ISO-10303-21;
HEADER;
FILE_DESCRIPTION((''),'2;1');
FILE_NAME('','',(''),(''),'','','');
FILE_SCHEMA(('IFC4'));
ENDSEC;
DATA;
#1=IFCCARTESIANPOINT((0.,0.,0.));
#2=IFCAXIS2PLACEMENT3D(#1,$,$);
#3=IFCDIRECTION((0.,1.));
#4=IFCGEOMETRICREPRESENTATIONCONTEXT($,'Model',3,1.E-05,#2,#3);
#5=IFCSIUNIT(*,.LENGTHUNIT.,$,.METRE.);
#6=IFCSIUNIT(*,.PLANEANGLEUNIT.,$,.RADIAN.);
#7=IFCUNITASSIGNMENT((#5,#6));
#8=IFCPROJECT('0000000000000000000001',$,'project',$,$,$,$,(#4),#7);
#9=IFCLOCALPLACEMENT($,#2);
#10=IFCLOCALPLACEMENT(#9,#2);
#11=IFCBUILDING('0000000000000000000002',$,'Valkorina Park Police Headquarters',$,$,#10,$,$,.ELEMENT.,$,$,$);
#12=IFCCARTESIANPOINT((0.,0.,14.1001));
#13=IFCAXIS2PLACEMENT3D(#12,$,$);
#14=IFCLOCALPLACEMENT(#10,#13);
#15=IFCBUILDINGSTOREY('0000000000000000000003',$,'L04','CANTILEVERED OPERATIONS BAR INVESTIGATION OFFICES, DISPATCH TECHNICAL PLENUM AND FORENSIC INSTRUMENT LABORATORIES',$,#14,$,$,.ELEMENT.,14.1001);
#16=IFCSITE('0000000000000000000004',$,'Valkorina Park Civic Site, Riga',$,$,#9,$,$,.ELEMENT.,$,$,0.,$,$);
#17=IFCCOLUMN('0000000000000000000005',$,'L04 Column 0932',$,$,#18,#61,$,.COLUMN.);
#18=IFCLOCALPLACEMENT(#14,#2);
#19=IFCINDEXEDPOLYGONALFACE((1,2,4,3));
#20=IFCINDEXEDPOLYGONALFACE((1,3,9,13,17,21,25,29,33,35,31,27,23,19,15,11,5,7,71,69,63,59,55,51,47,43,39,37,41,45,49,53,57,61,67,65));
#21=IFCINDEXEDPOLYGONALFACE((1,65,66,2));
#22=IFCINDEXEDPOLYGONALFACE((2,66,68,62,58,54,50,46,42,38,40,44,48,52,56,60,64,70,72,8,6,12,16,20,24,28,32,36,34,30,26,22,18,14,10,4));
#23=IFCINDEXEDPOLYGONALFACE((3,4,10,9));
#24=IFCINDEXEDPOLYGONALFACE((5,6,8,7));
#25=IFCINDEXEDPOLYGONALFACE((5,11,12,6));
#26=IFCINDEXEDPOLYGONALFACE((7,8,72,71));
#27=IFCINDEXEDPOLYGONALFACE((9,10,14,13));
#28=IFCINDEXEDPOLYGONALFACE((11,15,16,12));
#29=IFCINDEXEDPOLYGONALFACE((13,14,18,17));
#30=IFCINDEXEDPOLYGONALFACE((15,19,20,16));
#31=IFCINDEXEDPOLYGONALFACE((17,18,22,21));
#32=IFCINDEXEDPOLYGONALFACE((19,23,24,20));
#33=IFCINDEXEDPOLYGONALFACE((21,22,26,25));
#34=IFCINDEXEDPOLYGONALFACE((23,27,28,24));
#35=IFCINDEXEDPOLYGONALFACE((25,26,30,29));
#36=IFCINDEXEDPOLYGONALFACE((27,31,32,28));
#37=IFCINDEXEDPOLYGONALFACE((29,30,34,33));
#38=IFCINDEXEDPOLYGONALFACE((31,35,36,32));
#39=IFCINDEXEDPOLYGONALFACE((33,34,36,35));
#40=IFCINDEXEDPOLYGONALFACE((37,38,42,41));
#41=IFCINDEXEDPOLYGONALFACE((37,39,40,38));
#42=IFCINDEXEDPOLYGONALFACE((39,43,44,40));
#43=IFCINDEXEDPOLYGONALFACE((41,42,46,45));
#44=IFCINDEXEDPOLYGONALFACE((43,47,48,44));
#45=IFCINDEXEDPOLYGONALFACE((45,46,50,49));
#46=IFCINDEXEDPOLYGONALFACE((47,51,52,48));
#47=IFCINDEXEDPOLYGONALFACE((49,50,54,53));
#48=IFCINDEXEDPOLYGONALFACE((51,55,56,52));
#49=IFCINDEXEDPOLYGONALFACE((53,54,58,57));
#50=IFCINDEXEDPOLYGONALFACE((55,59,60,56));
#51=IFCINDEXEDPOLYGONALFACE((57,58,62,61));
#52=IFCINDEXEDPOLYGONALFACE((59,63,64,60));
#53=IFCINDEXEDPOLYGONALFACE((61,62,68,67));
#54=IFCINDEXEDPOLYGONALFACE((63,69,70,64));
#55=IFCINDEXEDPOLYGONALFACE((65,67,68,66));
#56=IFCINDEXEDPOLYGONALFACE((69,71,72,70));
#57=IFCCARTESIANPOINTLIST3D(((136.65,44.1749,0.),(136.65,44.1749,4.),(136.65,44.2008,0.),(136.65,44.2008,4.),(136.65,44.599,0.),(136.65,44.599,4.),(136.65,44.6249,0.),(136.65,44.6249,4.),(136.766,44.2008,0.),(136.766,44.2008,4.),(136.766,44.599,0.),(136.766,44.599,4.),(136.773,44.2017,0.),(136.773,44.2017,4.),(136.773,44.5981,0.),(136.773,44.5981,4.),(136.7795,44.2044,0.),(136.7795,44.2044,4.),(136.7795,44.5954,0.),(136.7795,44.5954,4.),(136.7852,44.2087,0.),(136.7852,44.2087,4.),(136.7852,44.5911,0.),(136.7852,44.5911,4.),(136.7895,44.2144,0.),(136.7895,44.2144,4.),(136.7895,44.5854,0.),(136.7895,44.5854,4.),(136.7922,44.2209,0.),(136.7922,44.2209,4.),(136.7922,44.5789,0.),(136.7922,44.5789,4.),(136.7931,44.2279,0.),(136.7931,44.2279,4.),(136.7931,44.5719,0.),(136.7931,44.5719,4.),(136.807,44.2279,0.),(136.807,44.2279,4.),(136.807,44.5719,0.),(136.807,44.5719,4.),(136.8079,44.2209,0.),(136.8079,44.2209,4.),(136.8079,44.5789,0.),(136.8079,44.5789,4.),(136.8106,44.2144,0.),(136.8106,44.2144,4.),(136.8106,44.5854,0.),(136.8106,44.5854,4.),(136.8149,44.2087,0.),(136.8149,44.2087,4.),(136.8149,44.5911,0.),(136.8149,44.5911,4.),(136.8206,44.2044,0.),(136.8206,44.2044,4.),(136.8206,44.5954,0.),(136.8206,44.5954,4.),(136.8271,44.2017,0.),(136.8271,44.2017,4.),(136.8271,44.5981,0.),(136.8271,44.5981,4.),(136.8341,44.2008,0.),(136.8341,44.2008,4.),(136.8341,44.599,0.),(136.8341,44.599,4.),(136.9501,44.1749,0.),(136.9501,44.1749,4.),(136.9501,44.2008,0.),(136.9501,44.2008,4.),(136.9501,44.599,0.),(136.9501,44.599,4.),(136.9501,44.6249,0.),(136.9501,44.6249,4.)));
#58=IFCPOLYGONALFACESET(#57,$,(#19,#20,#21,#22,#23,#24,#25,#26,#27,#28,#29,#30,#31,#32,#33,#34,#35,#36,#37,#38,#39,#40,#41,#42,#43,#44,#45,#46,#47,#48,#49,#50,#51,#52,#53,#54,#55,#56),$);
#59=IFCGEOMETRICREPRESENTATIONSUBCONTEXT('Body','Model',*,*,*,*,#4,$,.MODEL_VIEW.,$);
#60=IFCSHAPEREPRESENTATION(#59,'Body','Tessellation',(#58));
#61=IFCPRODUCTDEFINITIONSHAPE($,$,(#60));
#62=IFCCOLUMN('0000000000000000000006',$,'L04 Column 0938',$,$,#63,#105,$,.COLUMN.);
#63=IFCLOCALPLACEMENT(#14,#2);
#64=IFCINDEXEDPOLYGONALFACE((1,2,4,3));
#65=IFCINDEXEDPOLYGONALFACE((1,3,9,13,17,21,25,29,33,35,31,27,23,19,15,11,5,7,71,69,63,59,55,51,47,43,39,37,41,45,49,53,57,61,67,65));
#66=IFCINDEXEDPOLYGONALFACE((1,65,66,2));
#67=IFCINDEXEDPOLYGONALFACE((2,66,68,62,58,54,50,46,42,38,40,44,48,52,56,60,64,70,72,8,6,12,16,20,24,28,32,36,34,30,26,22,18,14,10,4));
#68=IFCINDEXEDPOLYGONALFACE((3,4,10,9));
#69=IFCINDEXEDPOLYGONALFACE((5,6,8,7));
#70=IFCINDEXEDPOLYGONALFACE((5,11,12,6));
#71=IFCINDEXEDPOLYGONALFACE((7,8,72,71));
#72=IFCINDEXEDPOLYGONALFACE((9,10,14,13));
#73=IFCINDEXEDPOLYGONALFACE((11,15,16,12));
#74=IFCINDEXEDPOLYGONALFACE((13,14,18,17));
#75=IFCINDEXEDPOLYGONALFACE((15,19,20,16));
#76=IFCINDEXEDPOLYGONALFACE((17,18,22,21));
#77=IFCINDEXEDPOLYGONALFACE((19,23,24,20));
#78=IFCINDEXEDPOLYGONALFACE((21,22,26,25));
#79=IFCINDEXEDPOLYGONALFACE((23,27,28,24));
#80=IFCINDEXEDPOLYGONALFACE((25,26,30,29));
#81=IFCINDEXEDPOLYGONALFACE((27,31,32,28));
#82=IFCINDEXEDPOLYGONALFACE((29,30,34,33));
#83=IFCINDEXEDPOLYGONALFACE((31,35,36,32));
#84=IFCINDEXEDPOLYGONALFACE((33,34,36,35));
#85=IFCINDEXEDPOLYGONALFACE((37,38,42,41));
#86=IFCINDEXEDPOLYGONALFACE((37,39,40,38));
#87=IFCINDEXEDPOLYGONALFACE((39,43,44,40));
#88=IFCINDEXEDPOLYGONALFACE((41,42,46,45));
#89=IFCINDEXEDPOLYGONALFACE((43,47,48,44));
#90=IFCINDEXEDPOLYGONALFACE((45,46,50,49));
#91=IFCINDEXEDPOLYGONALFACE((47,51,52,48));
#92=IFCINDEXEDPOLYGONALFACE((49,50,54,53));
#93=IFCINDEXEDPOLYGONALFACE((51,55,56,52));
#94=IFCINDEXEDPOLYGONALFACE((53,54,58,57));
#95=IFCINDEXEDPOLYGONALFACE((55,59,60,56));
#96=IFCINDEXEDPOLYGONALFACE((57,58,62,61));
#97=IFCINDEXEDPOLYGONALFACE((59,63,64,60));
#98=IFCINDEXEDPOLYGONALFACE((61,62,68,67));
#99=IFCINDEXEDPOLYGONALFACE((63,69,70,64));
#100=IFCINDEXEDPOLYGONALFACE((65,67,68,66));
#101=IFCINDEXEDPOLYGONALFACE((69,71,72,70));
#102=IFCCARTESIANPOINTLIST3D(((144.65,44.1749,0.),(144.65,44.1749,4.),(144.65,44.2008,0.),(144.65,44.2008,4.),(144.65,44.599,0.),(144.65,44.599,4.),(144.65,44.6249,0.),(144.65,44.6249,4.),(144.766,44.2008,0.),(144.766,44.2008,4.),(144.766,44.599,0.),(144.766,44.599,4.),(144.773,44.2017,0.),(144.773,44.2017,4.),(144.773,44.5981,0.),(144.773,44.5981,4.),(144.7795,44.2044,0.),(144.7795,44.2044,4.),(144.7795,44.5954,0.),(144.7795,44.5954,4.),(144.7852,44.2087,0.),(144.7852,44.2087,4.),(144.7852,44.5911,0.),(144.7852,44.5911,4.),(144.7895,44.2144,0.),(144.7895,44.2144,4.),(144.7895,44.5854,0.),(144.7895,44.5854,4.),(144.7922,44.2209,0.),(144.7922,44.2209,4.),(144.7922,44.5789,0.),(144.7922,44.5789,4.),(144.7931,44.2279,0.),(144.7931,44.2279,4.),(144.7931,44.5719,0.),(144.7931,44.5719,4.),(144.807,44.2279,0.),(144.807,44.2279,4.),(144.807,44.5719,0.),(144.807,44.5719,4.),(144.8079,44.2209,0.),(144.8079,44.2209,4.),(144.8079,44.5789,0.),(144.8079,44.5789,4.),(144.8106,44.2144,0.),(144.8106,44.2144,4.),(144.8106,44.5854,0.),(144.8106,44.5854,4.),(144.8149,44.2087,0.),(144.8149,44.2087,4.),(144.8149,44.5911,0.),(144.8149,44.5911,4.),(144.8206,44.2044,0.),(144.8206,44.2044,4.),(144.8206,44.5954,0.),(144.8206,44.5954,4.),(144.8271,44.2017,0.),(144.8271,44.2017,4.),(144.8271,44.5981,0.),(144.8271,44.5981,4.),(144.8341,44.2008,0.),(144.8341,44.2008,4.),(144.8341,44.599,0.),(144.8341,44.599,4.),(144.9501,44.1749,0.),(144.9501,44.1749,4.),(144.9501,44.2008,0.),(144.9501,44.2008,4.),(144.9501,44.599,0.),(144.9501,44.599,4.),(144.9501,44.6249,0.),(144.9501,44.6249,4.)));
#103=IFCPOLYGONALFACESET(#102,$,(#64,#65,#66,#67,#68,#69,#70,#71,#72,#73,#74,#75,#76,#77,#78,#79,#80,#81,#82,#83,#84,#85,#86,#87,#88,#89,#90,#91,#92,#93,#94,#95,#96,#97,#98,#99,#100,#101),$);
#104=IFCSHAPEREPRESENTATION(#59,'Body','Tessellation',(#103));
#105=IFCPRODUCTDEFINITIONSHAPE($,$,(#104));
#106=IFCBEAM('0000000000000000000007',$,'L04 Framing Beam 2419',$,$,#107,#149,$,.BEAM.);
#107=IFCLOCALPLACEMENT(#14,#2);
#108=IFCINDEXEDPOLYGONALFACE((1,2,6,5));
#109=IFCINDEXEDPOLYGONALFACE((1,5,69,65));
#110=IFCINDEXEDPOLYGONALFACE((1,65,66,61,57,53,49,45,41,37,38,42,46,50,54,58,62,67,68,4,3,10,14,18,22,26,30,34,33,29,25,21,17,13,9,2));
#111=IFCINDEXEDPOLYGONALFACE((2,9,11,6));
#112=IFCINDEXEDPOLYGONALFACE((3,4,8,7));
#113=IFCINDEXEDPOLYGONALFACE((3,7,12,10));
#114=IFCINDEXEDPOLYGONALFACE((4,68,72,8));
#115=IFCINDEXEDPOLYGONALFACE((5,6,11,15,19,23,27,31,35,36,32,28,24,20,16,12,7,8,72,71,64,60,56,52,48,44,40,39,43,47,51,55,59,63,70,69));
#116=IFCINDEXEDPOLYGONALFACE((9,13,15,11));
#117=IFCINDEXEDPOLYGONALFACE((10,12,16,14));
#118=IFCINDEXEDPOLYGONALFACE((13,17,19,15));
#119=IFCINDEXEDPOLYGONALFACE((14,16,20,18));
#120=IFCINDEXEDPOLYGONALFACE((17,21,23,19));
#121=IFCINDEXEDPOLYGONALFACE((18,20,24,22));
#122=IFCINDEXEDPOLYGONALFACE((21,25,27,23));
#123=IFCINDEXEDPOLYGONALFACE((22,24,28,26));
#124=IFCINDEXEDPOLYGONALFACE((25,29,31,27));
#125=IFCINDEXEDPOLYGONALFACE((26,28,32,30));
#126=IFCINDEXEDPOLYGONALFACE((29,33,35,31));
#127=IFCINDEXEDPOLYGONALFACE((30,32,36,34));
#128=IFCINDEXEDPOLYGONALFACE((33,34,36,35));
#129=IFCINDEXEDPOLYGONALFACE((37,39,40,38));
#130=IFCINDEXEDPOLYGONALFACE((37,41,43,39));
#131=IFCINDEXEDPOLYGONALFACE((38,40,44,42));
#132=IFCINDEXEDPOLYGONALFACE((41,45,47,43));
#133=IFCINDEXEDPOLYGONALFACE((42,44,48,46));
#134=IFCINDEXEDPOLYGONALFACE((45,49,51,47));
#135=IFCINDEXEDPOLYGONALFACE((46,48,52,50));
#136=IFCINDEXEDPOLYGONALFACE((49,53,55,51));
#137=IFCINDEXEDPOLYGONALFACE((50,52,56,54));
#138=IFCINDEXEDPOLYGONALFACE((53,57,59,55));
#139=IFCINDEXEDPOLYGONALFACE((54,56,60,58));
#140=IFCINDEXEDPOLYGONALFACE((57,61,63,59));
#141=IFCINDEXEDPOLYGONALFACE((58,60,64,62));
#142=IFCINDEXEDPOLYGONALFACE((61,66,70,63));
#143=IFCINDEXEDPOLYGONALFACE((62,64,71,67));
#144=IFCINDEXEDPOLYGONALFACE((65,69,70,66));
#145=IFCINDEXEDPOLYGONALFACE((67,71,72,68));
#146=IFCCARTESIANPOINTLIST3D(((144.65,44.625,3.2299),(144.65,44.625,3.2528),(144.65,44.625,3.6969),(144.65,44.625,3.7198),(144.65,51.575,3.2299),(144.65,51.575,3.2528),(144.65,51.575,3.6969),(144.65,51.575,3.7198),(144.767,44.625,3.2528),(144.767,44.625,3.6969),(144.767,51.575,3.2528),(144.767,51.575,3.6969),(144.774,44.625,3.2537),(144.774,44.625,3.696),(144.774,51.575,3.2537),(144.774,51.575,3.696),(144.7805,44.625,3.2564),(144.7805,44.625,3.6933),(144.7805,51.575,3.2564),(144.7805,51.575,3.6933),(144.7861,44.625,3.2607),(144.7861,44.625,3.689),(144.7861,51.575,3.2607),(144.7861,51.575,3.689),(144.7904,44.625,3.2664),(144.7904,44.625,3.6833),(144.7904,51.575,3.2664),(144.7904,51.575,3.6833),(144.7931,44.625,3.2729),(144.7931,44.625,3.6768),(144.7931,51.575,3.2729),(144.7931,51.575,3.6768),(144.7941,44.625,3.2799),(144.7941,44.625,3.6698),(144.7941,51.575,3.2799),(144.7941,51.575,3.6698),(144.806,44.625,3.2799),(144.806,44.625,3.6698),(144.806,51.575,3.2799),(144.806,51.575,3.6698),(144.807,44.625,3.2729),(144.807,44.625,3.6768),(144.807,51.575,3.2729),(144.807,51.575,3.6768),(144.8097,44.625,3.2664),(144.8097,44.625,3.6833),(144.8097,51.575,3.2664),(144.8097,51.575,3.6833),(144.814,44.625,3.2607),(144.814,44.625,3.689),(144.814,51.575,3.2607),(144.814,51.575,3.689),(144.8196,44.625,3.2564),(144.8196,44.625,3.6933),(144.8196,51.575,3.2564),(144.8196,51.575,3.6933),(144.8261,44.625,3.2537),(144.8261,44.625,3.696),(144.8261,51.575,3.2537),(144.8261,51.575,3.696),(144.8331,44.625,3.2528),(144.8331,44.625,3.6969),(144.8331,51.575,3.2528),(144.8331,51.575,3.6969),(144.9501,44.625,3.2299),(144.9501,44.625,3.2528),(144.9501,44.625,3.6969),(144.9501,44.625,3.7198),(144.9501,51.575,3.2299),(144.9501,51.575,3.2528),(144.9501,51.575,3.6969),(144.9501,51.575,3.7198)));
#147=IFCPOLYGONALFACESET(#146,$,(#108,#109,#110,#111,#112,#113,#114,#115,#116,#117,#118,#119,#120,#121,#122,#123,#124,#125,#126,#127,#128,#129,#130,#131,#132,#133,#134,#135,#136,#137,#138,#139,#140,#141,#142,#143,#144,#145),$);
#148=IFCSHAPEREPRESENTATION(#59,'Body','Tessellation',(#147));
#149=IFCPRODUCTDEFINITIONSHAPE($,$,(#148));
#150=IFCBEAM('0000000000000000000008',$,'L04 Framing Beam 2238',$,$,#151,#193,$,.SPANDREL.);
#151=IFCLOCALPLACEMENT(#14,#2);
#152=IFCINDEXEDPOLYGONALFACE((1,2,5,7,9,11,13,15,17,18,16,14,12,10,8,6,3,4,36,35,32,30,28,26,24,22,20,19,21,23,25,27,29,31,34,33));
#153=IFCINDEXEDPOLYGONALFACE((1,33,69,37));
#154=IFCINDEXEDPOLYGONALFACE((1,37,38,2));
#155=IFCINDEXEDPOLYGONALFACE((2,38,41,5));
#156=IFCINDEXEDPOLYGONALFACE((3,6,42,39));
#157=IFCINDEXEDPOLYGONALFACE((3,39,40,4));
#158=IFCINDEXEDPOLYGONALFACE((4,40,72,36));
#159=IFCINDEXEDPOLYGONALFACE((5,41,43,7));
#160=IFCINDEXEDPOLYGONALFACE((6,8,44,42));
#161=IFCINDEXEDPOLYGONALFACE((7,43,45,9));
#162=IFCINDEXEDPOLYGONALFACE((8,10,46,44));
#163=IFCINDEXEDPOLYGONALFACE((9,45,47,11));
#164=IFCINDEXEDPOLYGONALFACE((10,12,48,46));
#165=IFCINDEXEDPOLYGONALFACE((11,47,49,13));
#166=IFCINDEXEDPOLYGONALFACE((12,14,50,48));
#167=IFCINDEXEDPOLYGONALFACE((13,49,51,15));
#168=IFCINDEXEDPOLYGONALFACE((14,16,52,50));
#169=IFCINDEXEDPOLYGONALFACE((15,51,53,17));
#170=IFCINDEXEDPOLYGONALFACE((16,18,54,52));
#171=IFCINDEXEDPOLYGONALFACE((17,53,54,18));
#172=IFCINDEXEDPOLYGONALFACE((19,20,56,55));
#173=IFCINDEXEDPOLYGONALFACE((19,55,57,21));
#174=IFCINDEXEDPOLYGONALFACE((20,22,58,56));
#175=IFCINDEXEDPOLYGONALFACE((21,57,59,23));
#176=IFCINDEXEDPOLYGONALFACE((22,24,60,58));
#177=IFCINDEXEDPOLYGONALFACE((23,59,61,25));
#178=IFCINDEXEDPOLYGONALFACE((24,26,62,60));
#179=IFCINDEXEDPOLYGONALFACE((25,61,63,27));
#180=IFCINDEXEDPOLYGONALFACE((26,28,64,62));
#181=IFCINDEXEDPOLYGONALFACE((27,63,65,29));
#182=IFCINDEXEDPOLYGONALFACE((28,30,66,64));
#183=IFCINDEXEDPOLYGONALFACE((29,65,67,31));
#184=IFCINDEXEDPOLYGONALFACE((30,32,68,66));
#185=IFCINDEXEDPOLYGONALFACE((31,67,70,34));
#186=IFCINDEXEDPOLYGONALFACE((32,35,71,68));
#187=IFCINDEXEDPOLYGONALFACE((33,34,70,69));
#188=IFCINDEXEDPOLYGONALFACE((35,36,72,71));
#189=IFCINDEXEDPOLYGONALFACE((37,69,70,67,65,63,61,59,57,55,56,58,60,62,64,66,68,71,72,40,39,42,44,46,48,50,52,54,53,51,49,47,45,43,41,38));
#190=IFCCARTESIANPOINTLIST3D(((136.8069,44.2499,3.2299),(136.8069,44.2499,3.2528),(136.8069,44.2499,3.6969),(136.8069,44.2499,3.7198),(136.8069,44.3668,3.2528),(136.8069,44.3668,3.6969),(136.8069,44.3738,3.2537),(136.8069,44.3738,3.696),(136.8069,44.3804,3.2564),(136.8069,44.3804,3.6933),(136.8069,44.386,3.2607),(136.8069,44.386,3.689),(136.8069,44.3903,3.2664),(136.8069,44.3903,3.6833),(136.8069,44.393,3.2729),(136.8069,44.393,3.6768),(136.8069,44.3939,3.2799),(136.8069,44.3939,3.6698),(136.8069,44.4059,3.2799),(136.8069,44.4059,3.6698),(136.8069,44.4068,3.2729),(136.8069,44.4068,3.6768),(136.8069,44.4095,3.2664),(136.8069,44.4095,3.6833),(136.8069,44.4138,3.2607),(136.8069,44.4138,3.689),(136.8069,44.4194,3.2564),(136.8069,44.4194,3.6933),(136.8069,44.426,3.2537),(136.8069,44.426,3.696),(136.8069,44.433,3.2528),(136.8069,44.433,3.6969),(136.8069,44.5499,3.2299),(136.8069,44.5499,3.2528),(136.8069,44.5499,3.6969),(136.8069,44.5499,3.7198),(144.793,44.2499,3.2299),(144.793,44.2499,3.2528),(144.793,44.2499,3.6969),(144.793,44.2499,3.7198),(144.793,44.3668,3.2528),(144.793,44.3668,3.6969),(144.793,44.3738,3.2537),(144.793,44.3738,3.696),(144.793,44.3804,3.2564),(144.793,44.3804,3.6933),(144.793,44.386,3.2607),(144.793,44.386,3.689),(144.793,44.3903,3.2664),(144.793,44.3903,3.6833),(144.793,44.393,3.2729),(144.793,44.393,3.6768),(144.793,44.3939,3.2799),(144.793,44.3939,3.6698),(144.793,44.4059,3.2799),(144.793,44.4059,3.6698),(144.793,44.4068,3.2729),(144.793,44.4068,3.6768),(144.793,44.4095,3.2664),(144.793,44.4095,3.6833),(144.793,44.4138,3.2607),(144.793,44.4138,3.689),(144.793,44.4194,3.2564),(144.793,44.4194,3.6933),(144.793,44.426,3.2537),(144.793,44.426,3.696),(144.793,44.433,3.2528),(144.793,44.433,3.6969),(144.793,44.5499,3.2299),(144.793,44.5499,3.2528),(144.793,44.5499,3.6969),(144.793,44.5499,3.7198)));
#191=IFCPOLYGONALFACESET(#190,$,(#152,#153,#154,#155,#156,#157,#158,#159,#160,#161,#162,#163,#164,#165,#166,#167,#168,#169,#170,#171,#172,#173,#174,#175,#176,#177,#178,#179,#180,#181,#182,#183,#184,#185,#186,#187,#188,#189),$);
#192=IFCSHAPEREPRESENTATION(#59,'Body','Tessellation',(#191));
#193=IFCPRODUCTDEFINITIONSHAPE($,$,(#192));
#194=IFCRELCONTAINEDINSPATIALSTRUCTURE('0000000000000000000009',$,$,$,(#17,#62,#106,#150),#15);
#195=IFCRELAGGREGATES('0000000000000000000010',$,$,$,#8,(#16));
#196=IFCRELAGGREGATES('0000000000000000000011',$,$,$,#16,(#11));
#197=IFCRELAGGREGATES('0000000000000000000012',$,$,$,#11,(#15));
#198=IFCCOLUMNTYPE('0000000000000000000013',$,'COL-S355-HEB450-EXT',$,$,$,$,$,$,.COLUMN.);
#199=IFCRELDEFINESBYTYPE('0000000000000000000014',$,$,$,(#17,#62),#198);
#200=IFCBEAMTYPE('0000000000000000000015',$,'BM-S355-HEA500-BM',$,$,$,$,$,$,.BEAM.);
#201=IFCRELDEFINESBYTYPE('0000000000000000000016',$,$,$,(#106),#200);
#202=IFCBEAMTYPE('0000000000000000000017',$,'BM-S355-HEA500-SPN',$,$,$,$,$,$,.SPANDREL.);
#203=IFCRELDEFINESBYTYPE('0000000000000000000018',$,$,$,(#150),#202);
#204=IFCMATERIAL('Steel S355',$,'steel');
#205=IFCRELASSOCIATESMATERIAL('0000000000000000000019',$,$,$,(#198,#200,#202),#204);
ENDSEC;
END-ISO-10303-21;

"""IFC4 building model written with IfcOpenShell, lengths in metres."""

from ifc_helpers import new_model, si_unit, direction, frame, origin, origin_2d, place, context, subcontext, project, spatial, i_section, extrude, material, material_profile, profile_set, type_object, element, save


model = new_model("IFC4")

# Units and contexts
model_context = context("Model", 3, precision=1e-05, world=origin(), true_north=direction((0.0, 1.0)))
body_context = subcontext(model_context, "Body", "Model", "MODEL_VIEW")
ifc_project = project(units=[si_unit("LENGTHUNIT", "METRE"), si_unit("PLANEANGLEUNIT", "RADIAN")], contexts=[model_context])

# Site, building, storey
site_placement = place(None, origin())
site = spatial("IfcSite", under=ifc_project, at=site_placement, Name="Valkorina Park Civic Site, Riga", CompositionType="ELEMENT", RefElevation=0.0)
building_placement = place(site_placement, origin())
building = spatial("IfcBuilding", under=site, at=building_placement, Name="Valkorina Park Police Headquarters", CompositionType="ELEMENT")
storey_placement = place(building_placement, frame((0.0, 0.0, 14.1001)))
storey = spatial("IfcBuildingStorey", under=building, at=storey_placement, Name="L04", Description="CANTILEVERED OPERATIONS BAR INVESTIGATION OFFICES, DISPATCH TECHNICAL PLENUM AND FORENSIC INSTRUMENT LABORATORIES", CompositionType="ELEMENT", Elevation=14.1001)

# Columns
ifc_material_1 = material(Name="Steel S355", Category="steel")
ifc_material_profile_1 = material_profile(ifc_material_1, i_section(OverallWidth=0.3, OverallDepth=0.45, WebThickness=0.0139, FlangeThickness=0.0259, FilletRadius=0.0271, at=origin_2d()), Name="HEB 450")
ifc_profile_set_1 = profile_set([ifc_material_profile_1], Name="Steel S355")
column_type = type_object("IfcColumnType", Name="COL-S355-HEB450-EXT", PredefinedType="COLUMN", material=ifc_profile_set_1)
for number, where, z_axis, x_axis, name in (
    (1, (136.8, 44.3999, 0.0), (0.0, 0.0, 1.0), (1.0, 0.0, 0.0), "L04 Column 0932"),
    (2, (144.8, 44.3999, 0.0), (0.0, 0.0, 1.0), (1.0, 0.0, 0.0), "L04 Column 0938"),
):
    element("IfcColumn", number, at=place(storey_placement, frame(where, z_axis=z_axis, x_axis=x_axis)), inside=storey, type_object=column_type, Name=name, PredefinedType="COLUMN", context=body_context, shape_type="SweptSolid", body=[
        extrude(i_section(OverallWidth=0.3, OverallDepth=0.45, WebThickness=0.0139, FlangeThickness=0.0259, FilletRadius=0.0271, at=origin_2d()), origin(), (0.0, 0.0, 1.0), 4.0),
    ])

# Beams
ifc_material_profile_2 = material_profile(ifc_material_1, i_section(OverallWidth=0.3, OverallDepth=0.49, WebThickness=0.012, FlangeThickness=0.0229, FilletRadius=0.0271, at=origin_2d()), Name="HEA 500")
ifc_profile_set_2 = profile_set([ifc_material_profile_2], Name="Steel S355")
beam_type_1 = type_object("IfcBeamType", Name="BM-S355-HEA500-BM", PredefinedType="BEAM", material=ifc_profile_set_2)
beam_1_placement = place(storey_placement, frame((144.8, 44.625, 3.4749), z_axis=(0.0, 1.0, 0.0), x_axis=(-1.0, 0.0, 0.0)))
element("IfcBeam", 3, at=beam_1_placement, inside=storey, type_object=beam_type_1, Name="L04 Framing Beam 2419", PredefinedType="BEAM", context=body_context, shape_type="SweptSolid", body=[
    extrude(i_section(OverallWidth=0.3, OverallDepth=0.49, WebThickness=0.012, FlangeThickness=0.0229, FilletRadius=0.0271, at=origin_2d()), origin(), (0.0, 0.0, 1.0), 6.95),
])
ifc_material_profile_3 = material_profile(ifc_material_1, i_section(OverallWidth=0.3, OverallDepth=0.49, WebThickness=0.012, FlangeThickness=0.0229, FilletRadius=0.0271, at=origin_2d()), Name="HEA 500")
ifc_profile_set_3 = profile_set([ifc_material_profile_3], Name="Steel S355")
beam_type_2 = type_object("IfcBeamType", Name="BM-S355-HEA500-SPN", PredefinedType="SPANDREL", material=ifc_profile_set_3)
for number, where, z_axis, x_axis, name in (
    (4, (136.8069, 44.3999, 3.4749), (1.0, 0.0, 0.0), (0.0, 1.0, 0.0), "L04 Framing Beam 2238"),
):
    element("IfcBeam", number, at=place(storey_placement, frame(where, z_axis=z_axis, x_axis=x_axis)), inside=storey, type_object=beam_type_2, Name=name, PredefinedType="SPANDREL", context=body_context, shape_type="SweptSolid", body=[
        extrude(i_section(OverallWidth=0.3, OverallDepth=0.49, WebThickness=0.012, FlangeThickness=0.0229, FilletRadius=0.0271, at=origin_2d()), origin(), (0.0, 0.0, 1.0), 7.9861),
    ])

save(model, "model.ifc")
